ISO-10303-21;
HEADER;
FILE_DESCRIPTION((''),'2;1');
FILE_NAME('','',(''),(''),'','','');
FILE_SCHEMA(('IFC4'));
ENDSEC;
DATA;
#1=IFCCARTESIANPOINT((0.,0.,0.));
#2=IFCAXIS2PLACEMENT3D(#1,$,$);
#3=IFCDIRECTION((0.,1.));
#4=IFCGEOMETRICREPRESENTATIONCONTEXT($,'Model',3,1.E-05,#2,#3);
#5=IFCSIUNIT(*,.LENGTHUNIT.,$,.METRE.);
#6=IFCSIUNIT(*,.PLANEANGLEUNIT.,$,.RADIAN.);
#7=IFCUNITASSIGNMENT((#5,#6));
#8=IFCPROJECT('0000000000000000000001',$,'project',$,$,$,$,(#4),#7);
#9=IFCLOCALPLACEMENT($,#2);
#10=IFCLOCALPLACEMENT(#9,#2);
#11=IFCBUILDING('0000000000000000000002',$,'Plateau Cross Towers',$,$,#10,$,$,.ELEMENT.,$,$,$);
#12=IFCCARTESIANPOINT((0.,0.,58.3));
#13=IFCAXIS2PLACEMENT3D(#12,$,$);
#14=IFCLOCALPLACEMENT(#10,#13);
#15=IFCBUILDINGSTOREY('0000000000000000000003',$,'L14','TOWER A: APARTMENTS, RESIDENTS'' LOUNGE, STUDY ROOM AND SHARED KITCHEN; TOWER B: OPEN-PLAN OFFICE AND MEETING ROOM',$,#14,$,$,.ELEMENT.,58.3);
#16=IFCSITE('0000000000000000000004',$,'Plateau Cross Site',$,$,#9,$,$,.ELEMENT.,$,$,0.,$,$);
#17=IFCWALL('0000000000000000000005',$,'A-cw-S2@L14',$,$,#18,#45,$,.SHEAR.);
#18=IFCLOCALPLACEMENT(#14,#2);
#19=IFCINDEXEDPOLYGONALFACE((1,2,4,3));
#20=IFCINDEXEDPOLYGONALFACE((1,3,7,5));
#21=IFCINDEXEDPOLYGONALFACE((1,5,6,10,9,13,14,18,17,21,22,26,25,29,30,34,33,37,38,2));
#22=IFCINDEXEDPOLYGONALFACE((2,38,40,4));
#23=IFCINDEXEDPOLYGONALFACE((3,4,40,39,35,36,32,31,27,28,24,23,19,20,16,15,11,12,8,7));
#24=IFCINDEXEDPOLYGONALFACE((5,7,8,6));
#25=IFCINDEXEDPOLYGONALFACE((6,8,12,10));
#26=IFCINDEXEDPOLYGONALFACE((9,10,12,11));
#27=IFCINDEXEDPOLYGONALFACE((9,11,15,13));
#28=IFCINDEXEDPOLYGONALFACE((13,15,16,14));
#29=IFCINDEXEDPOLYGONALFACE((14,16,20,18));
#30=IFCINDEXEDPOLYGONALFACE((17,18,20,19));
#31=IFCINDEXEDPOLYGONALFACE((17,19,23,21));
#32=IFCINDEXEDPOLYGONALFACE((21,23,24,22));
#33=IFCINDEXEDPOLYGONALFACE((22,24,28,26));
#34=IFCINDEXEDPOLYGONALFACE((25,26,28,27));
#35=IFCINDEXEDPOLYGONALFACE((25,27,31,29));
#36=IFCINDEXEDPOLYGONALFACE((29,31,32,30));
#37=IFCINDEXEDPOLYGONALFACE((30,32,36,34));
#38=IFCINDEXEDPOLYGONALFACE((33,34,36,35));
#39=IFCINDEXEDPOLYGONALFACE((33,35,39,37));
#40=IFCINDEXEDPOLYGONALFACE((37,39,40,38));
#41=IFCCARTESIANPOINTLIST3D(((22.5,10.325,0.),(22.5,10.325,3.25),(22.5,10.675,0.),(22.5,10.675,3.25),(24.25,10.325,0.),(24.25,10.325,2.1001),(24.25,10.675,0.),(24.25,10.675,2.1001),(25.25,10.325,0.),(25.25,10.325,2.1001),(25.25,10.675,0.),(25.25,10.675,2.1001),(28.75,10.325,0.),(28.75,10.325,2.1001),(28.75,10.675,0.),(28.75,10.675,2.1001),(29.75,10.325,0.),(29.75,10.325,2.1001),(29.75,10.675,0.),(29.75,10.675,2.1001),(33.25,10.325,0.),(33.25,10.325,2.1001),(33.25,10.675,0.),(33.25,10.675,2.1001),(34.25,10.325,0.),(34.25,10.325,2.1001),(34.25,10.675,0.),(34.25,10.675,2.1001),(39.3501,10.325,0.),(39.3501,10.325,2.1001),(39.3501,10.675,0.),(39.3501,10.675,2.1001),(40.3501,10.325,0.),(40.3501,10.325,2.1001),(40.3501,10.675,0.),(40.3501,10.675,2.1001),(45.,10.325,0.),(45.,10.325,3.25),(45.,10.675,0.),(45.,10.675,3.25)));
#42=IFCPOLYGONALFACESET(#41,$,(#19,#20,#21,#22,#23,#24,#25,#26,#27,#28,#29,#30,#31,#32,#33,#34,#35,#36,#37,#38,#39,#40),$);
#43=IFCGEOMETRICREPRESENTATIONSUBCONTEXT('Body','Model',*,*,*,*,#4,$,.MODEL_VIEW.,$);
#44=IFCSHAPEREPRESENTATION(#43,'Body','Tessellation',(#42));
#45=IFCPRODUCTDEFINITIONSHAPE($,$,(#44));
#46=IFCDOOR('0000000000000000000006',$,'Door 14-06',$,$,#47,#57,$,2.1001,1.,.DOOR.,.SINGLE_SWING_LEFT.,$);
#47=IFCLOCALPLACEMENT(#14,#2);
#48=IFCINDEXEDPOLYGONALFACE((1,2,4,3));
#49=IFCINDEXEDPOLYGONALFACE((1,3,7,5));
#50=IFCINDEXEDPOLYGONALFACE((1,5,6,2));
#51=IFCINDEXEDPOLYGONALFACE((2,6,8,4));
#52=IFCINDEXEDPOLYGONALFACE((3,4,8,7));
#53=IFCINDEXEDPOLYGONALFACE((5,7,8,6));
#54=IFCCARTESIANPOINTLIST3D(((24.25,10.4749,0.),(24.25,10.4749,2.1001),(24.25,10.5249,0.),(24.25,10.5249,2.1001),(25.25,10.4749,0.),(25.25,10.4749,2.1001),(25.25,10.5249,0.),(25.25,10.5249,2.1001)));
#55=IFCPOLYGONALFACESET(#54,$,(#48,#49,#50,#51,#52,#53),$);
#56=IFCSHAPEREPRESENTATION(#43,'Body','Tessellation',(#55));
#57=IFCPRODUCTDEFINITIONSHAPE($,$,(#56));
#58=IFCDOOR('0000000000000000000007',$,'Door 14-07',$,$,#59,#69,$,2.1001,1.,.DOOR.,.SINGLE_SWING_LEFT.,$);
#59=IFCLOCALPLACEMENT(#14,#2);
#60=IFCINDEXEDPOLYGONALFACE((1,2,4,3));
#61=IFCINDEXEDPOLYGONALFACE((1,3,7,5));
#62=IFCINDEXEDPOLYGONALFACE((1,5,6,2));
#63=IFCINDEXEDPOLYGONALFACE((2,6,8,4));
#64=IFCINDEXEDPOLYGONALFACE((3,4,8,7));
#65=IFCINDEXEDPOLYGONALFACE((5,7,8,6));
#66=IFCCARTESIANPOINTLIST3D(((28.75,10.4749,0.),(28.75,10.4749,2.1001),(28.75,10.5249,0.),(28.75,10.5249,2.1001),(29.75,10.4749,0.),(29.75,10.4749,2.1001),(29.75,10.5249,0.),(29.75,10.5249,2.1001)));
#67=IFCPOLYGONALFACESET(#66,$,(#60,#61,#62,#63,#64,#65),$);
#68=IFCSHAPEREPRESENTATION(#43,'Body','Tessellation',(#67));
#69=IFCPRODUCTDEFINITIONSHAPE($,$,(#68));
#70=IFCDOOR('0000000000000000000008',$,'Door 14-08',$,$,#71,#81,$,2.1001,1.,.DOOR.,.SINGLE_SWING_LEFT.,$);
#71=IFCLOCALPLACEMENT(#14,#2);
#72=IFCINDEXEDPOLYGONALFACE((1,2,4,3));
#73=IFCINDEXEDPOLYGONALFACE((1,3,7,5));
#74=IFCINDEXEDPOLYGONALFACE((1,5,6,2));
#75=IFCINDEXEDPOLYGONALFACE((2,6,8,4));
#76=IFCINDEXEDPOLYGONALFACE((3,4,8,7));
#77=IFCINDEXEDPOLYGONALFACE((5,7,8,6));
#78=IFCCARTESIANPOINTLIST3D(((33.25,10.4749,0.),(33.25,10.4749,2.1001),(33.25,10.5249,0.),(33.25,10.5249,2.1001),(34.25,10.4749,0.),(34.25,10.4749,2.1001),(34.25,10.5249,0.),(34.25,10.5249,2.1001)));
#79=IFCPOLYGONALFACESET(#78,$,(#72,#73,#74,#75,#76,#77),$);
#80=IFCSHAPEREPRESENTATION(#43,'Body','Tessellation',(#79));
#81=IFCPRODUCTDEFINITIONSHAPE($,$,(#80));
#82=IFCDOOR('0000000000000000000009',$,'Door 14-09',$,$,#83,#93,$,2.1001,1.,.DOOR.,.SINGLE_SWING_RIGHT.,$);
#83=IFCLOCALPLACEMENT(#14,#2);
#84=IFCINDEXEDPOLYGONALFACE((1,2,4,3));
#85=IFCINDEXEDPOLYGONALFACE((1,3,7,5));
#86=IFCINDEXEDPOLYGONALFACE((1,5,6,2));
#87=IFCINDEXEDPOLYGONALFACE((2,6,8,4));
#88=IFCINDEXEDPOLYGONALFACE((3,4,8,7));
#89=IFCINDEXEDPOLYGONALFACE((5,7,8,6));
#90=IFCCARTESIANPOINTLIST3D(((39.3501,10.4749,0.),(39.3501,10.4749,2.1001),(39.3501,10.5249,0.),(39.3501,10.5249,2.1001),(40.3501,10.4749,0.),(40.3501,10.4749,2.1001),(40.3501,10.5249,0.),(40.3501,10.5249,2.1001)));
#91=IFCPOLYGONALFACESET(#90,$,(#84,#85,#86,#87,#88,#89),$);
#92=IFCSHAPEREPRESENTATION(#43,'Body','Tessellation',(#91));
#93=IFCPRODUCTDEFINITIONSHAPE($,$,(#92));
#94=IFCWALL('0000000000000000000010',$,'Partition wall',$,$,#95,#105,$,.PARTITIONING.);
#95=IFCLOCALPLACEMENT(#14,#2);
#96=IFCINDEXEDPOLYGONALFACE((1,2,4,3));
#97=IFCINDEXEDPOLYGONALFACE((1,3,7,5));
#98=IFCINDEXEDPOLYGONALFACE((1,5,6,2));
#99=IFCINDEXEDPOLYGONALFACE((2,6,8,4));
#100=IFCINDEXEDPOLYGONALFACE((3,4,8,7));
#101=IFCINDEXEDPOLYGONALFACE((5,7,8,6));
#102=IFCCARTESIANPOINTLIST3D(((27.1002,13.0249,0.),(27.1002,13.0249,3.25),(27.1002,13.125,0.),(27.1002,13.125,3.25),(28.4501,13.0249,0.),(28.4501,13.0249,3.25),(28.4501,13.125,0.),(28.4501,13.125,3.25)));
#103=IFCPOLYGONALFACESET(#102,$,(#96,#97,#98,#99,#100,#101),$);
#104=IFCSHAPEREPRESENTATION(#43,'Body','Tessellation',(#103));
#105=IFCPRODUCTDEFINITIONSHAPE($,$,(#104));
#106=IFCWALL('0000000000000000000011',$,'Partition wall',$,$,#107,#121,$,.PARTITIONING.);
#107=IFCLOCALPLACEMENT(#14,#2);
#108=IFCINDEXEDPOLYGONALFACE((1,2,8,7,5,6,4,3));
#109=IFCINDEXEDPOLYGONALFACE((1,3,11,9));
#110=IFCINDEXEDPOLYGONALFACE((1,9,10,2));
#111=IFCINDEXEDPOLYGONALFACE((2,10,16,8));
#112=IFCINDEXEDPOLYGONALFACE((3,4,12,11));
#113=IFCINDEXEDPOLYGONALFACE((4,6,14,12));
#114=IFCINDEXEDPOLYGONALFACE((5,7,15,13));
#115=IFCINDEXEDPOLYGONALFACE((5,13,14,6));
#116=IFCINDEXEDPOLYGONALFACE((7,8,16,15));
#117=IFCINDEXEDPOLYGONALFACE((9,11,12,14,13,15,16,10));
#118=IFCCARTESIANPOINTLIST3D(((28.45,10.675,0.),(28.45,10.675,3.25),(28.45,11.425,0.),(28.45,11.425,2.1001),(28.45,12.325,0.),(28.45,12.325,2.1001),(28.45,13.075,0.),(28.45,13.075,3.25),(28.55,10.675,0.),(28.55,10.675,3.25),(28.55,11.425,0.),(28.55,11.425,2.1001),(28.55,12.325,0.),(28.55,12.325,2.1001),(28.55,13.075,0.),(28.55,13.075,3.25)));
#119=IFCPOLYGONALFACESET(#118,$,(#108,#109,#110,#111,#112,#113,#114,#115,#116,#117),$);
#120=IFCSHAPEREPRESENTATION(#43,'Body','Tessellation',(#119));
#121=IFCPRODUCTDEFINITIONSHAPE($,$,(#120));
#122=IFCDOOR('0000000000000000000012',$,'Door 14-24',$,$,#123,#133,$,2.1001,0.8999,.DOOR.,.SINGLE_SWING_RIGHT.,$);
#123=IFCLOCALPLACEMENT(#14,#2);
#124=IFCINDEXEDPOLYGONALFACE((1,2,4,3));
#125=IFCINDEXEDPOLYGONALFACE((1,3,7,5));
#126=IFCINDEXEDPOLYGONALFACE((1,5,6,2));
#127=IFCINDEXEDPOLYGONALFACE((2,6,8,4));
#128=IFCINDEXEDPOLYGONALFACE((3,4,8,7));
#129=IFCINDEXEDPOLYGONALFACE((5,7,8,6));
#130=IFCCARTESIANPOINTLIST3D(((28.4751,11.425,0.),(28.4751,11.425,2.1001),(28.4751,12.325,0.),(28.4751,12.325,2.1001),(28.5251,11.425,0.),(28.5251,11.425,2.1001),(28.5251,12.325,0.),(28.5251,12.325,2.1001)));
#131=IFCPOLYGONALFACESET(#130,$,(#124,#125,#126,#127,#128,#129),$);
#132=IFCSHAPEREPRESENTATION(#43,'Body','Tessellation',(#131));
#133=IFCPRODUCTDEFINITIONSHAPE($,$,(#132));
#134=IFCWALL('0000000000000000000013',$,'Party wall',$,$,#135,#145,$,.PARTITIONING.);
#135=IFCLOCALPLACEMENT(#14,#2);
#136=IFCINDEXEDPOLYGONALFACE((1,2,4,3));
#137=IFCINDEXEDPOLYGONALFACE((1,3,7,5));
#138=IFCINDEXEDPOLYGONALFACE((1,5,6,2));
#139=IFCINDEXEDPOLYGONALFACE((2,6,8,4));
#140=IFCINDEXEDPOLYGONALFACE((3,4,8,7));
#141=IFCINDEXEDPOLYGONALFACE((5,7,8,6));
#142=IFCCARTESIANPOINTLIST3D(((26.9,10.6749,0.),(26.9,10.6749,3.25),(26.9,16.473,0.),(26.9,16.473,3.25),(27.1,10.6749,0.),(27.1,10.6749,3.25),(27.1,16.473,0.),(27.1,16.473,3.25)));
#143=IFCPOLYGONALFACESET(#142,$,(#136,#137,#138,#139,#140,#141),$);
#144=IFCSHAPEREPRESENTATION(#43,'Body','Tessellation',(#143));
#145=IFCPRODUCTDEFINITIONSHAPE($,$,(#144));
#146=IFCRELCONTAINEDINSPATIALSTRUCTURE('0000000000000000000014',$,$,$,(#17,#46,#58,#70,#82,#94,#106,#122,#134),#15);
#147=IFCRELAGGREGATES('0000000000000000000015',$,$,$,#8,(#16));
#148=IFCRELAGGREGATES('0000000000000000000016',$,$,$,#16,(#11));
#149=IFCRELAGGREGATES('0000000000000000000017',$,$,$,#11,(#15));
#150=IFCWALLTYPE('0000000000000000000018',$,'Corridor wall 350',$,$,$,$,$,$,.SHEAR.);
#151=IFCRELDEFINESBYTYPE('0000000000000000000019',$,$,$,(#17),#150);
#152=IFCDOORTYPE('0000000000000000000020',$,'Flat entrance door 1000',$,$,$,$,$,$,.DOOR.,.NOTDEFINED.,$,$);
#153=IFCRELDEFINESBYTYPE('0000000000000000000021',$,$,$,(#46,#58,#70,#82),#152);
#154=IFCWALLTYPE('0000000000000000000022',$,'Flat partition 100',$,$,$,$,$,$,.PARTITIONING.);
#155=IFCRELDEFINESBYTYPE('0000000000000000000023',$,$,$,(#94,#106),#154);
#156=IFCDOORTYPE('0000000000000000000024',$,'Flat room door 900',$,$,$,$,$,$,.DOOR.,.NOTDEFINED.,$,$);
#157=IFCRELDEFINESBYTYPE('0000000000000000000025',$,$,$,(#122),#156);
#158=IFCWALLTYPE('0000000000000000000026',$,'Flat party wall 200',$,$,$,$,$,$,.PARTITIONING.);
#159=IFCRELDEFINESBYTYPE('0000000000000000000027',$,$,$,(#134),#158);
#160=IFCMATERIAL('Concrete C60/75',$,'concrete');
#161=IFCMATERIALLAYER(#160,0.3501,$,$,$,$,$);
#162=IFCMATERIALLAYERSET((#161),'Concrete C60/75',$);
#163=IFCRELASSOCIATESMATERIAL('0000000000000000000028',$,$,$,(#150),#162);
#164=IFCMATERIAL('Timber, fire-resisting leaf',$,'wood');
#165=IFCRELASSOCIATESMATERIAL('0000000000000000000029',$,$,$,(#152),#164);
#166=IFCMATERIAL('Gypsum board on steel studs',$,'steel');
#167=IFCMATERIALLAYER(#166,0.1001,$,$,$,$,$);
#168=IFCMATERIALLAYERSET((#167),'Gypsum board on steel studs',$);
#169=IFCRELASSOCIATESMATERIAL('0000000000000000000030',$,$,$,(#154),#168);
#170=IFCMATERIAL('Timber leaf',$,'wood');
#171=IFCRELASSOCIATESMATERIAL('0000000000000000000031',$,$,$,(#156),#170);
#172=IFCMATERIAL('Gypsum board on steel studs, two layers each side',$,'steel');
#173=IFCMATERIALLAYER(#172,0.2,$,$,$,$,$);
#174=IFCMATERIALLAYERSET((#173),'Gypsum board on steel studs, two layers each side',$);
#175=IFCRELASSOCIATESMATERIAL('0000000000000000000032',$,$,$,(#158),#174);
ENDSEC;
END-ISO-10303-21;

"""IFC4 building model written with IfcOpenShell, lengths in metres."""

from ifc_helpers import new_model, si_unit, direction, frame, frame_2d, origin, place, context, subcontext, project, spatial, rectangle, extrude, material, layer, layer_set, type_object, element, fill, save


model = new_model("IFC4")

# Units and contexts
model_context = context("Model", 3, precision=1e-05, world=origin(), true_north=direction((0.0, 1.0)))
body_context = subcontext(model_context, "Body", "Model", "MODEL_VIEW")
ifc_project = project(units=[si_unit("LENGTHUNIT", "METRE"), si_unit("PLANEANGLEUNIT", "RADIAN")], contexts=[model_context])

# Site, building, storey
site_placement = place(None, origin())
site = spatial("IfcSite", under=ifc_project, at=site_placement, Name="Plateau Cross Site", CompositionType="ELEMENT", RefElevation=0.0)
building_placement = place(site_placement, origin())
building = spatial("IfcBuilding", under=site, at=building_placement, Name="Plateau Cross Towers", CompositionType="ELEMENT")
storey_placement = place(building_placement, frame((0.0, 0.0, 58.3)))
storey = spatial("IfcBuildingStorey", under=building, at=storey_placement, Name="L14", Description="TOWER A: APARTMENTS, RESIDENTS' LOUNGE, STUDY ROOM AND SHARED KITCHEN; TOWER B: OPEN-PLAN OFFICE AND MEETING ROOM", CompositionType="ELEMENT", Elevation=58.3)

# Shared definitions
ifc_material_1 = material(Name="Timber, fire-resisting leaf", Category="wood")

# Wall, openings, doors
ifc_material_2 = material(Name="Concrete C60/75", Category="concrete")
ifc_layer_1 = layer(ifc_material_2, 0.3501)
ifc_layer_set_1 = layer_set([ifc_layer_1], Name="Concrete C60/75")
wall_type_1 = type_object("IfcWallType", Name="Corridor wall 350", PredefinedType="SHEAR", material=ifc_layer_set_1)
door_type_1 = type_object("IfcDoorType", Name="Flat entrance door 1000", OperationType="NOTDEFINED", PredefinedType="DOOR", material=ifc_material_1)
wall_1_placement = place(storey_placement, frame((22.5, 10.5, 0.0), z_axis=(0.0, 0.0, 1.0), x_axis=(1.0, 0.0, 0.0)))
wall_1 = element("IfcWall", 1, at=wall_1_placement, inside=storey, type_object=wall_type_1, Name="A-cw-S2@L14", PredefinedType="SHEAR", context=body_context, shape_type="SweptSolid", body=[
    extrude(rectangle(XDim=22.5, YDim=0.3501, at=frame_2d((11.25, 0.0))), origin(), (0.0, 0.0, 1.0), 3.25),
])
opening_1_placement = place(wall_1_placement, frame((1.75, 0.0, 0.0)))
opening_1 = element("IfcOpeningElement", 2, at=opening_1_placement, cuts=wall_1, PredefinedType="OPENING", context=body_context, shape_type="SweptSolid", body=[
    extrude(rectangle(XDim=1.0, YDim=2.1001, at=frame_2d((0.5, 1.05))), frame((0.0, 0.1851, 0.0), z_axis=(0.0, -1.0, 0.0), x_axis=(1.0, 0.0, 0.0)), (0.0, 0.0, 1.0), 0.3701),
])
opening_2_placement = place(wall_1_placement, frame((6.25, 0.0, 0.0)))
opening_2 = element("IfcOpeningElement", 3, at=opening_2_placement, cuts=wall_1, PredefinedType="OPENING", context=body_context, shape_type="SweptSolid", body=[
    extrude(rectangle(XDim=1.0, YDim=2.1001, at=frame_2d((0.5, 1.05))), frame((0.0, 0.1851, 0.0), z_axis=(0.0, -1.0, 0.0), x_axis=(1.0, 0.0, 0.0)), (0.0, 0.0, 1.0), 0.3701),
])
opening_3_placement = place(wall_1_placement, frame((10.75, 0.0, 0.0)))
opening_3 = element("IfcOpeningElement", 4, at=opening_3_placement, cuts=wall_1, PredefinedType="OPENING", context=body_context, shape_type="SweptSolid", body=[
    extrude(rectangle(XDim=1.0, YDim=2.1001, at=frame_2d((0.5, 1.05))), frame((0.0, 0.1851, 0.0), z_axis=(0.0, -1.0, 0.0), x_axis=(1.0, 0.0, 0.0)), (0.0, 0.0, 1.0), 0.3701),
])
opening_4_placement = place(wall_1_placement, frame((16.8501, 0.0, 0.0)))
opening_4 = element("IfcOpeningElement", 5, at=opening_4_placement, cuts=wall_1, PredefinedType="OPENING", context=body_context, shape_type="SweptSolid", body=[
    extrude(rectangle(XDim=1.0, YDim=2.1001, at=frame_2d((0.5, 1.05))), frame((0.0, 0.1851, 0.0), z_axis=(0.0, -1.0, 0.0), x_axis=(1.0, 0.0, 0.0)), (0.0, 0.0, 1.0), 0.3701),
])
door_1_placement = place(opening_1_placement, origin())
door_1 = element("IfcDoor", 6, at=door_1_placement, inside=storey, type_object=door_type_1, Name="Door 14-06", OperationType="SINGLE_SWING_LEFT", OverallHeight=2.1001, OverallWidth=1.0, PredefinedType="DOOR", context=body_context, shape_type="SweptSolid", body=[
    extrude(rectangle(XDim=1.0, YDim=2.1001, at=frame_2d((0.5, 1.05))), frame((0.0, 0.0249, 0.0), z_axis=(0.0, -1.0, 0.0), x_axis=(1.0, 0.0, 0.0)), (0.0, 0.0, 1.0), 0.05),
])
fill(opening_1, door_1)
door_2_placement = place(opening_2_placement, origin())
door_2 = element("IfcDoor", 7, at=door_2_placement, inside=storey, type_object=door_type_1, Name="Door 14-07", OperationType="SINGLE_SWING_LEFT", OverallHeight=2.1001, OverallWidth=1.0, PredefinedType="DOOR", context=body_context, shape_type="SweptSolid", body=[
    extrude(rectangle(XDim=1.0, YDim=2.1001, at=frame_2d((0.5, 1.05))), frame((0.0, 0.0249, 0.0), z_axis=(0.0, -1.0, 0.0), x_axis=(1.0, 0.0, 0.0)), (0.0, 0.0, 1.0), 0.05),
])
fill(opening_2, door_2)
door_3_placement = place(opening_3_placement, origin())
door_3 = element("IfcDoor", 8, at=door_3_placement, inside=storey, type_object=door_type_1, Name="Door 14-08", OperationType="SINGLE_SWING_LEFT", OverallHeight=2.1001, OverallWidth=1.0, PredefinedType="DOOR", context=body_context, shape_type="SweptSolid", body=[
    extrude(rectangle(XDim=1.0, YDim=2.1001, at=frame_2d((0.5, 1.05))), frame((0.0, 0.0249, 0.0), z_axis=(0.0, -1.0, 0.0), x_axis=(1.0, 0.0, 0.0)), (0.0, 0.0, 1.0), 0.05),
])
fill(opening_3, door_3)
door_4_placement = place(opening_4_placement, origin())
door_4 = element("IfcDoor", 9, at=door_4_placement, inside=storey, type_object=door_type_1, Name="Door 14-09", OperationType="SINGLE_SWING_RIGHT", OverallHeight=2.1001, OverallWidth=1.0, PredefinedType="DOOR", context=body_context, shape_type="SweptSolid", body=[
    extrude(rectangle(XDim=1.0, YDim=2.1001, at=frame_2d((0.5, 1.05))), frame((0.0, 0.0249, 0.0), z_axis=(0.0, -1.0, 0.0), x_axis=(1.0, 0.0, 0.0)), (0.0, 0.0, 1.0), 0.05),
])
fill(opening_4, door_4)

# Wall
ifc_material_3 = material(Name="Gypsum board on steel studs", Category="steel")
ifc_layer_2 = layer(ifc_material_3, 0.1001)
ifc_layer_set_2 = layer_set([ifc_layer_2], Name="Gypsum board on steel studs")
wall_type_2 = type_object("IfcWallType", Name="Flat partition 100", PredefinedType="PARTITIONING", material=ifc_layer_set_2)
wall_2_placement = place(storey_placement, frame((28.45, 13.075, 0.0), z_axis=(0.0, 0.0, 1.0), x_axis=(-1.0, 0.0, 0.0)))
element("IfcWall", 10, at=wall_2_placement, inside=storey, type_object=wall_type_2, Name="Partition wall", PredefinedType="PARTITIONING", context=body_context, shape_type="SweptSolid", body=[
    extrude(rectangle(XDim=1.3499, YDim=0.1001, at=frame_2d((0.6748, 0.0))), origin(), (0.0, 0.0, 1.0), 3.25),
])

# Wall, opening, door
wall_3_placement = place(storey_placement, frame((28.5, 10.675, 0.0), z_axis=(0.0, 0.0, 1.0), x_axis=(0.0, 1.0, 0.0)))
wall_3 = element("IfcWall", 11, at=wall_3_placement, inside=storey, type_object=wall_type_2, Name="Partition wall", PredefinedType="PARTITIONING", context=body_context, shape_type="SweptSolid", body=[
    extrude(rectangle(XDim=2.3999, YDim=0.1001, at=frame_2d((1.2, 0.0))), origin(), (0.0, 0.0, 1.0), 3.25),
])
opening_5_placement = place(wall_3_placement, frame((0.75, 0.0, 0.0)))
opening_5 = element("IfcOpeningElement", 12, at=opening_5_placement, cuts=wall_3, PredefinedType="OPENING", context=body_context, shape_type="SweptSolid", body=[
    extrude(rectangle(XDim=0.8999, YDim=2.1001, at=frame_2d((0.45, 1.05))), frame((0.0, 0.0601, 0.0), z_axis=(0.0, -1.0, 0.0), x_axis=(1.0, 0.0, 0.0)), (0.0, 0.0, 1.0), 0.1201),
])
ifc_material_4 = material(Name="Timber leaf", Category="wood")
door_type_2 = type_object("IfcDoorType", Name="Flat room door 900", OperationType="NOTDEFINED", PredefinedType="DOOR", material=ifc_material_4)
door_5_placement = place(opening_5_placement, origin())
door_5 = element("IfcDoor", 13, at=door_5_placement, inside=storey, type_object=door_type_2, Name="Door 14-24", OperationType="SINGLE_SWING_RIGHT", OverallHeight=2.1001, OverallWidth=0.8999, PredefinedType="DOOR", context=body_context, shape_type="SweptSolid", body=[
    extrude(rectangle(XDim=0.8999, YDim=2.1001, at=frame_2d((0.45, 1.05))), frame((0.0, 0.0249, 0.0), z_axis=(0.0, -1.0, 0.0), x_axis=(1.0, 0.0, 0.0)), (0.0, 0.0, 1.0), 0.05),
])
fill(opening_5, door_5)

# Wall
ifc_material_5 = material(Name="Gypsum board on steel studs, two layers each side", Category="steel")
ifc_layer_3 = layer(ifc_material_5, 0.2)
ifc_layer_set_3 = layer_set([ifc_layer_3], Name="Gypsum board on steel studs, two layers each side")
wall_type_3 = type_object("IfcWallType", Name="Flat party wall 200", PredefinedType="PARTITIONING", material=ifc_layer_set_3)
wall_4_placement = place(storey_placement, frame((27.0, 10.675, 0.0), z_axis=(0.0, 0.0, 1.0), x_axis=(0.0, 1.0, 0.0)))
element("IfcWall", 14, at=wall_4_placement, inside=storey, type_object=wall_type_3, Name="Party wall", PredefinedType="PARTITIONING", context=body_context, shape_type="SweptSolid", body=[
    extrude(rectangle(XDim=5.7981, YDim=0.2, at=frame_2d((2.8989, 0.0))), origin(), (0.0, 0.0, 1.0), 3.25),
])

save(model, "model.ifc")
